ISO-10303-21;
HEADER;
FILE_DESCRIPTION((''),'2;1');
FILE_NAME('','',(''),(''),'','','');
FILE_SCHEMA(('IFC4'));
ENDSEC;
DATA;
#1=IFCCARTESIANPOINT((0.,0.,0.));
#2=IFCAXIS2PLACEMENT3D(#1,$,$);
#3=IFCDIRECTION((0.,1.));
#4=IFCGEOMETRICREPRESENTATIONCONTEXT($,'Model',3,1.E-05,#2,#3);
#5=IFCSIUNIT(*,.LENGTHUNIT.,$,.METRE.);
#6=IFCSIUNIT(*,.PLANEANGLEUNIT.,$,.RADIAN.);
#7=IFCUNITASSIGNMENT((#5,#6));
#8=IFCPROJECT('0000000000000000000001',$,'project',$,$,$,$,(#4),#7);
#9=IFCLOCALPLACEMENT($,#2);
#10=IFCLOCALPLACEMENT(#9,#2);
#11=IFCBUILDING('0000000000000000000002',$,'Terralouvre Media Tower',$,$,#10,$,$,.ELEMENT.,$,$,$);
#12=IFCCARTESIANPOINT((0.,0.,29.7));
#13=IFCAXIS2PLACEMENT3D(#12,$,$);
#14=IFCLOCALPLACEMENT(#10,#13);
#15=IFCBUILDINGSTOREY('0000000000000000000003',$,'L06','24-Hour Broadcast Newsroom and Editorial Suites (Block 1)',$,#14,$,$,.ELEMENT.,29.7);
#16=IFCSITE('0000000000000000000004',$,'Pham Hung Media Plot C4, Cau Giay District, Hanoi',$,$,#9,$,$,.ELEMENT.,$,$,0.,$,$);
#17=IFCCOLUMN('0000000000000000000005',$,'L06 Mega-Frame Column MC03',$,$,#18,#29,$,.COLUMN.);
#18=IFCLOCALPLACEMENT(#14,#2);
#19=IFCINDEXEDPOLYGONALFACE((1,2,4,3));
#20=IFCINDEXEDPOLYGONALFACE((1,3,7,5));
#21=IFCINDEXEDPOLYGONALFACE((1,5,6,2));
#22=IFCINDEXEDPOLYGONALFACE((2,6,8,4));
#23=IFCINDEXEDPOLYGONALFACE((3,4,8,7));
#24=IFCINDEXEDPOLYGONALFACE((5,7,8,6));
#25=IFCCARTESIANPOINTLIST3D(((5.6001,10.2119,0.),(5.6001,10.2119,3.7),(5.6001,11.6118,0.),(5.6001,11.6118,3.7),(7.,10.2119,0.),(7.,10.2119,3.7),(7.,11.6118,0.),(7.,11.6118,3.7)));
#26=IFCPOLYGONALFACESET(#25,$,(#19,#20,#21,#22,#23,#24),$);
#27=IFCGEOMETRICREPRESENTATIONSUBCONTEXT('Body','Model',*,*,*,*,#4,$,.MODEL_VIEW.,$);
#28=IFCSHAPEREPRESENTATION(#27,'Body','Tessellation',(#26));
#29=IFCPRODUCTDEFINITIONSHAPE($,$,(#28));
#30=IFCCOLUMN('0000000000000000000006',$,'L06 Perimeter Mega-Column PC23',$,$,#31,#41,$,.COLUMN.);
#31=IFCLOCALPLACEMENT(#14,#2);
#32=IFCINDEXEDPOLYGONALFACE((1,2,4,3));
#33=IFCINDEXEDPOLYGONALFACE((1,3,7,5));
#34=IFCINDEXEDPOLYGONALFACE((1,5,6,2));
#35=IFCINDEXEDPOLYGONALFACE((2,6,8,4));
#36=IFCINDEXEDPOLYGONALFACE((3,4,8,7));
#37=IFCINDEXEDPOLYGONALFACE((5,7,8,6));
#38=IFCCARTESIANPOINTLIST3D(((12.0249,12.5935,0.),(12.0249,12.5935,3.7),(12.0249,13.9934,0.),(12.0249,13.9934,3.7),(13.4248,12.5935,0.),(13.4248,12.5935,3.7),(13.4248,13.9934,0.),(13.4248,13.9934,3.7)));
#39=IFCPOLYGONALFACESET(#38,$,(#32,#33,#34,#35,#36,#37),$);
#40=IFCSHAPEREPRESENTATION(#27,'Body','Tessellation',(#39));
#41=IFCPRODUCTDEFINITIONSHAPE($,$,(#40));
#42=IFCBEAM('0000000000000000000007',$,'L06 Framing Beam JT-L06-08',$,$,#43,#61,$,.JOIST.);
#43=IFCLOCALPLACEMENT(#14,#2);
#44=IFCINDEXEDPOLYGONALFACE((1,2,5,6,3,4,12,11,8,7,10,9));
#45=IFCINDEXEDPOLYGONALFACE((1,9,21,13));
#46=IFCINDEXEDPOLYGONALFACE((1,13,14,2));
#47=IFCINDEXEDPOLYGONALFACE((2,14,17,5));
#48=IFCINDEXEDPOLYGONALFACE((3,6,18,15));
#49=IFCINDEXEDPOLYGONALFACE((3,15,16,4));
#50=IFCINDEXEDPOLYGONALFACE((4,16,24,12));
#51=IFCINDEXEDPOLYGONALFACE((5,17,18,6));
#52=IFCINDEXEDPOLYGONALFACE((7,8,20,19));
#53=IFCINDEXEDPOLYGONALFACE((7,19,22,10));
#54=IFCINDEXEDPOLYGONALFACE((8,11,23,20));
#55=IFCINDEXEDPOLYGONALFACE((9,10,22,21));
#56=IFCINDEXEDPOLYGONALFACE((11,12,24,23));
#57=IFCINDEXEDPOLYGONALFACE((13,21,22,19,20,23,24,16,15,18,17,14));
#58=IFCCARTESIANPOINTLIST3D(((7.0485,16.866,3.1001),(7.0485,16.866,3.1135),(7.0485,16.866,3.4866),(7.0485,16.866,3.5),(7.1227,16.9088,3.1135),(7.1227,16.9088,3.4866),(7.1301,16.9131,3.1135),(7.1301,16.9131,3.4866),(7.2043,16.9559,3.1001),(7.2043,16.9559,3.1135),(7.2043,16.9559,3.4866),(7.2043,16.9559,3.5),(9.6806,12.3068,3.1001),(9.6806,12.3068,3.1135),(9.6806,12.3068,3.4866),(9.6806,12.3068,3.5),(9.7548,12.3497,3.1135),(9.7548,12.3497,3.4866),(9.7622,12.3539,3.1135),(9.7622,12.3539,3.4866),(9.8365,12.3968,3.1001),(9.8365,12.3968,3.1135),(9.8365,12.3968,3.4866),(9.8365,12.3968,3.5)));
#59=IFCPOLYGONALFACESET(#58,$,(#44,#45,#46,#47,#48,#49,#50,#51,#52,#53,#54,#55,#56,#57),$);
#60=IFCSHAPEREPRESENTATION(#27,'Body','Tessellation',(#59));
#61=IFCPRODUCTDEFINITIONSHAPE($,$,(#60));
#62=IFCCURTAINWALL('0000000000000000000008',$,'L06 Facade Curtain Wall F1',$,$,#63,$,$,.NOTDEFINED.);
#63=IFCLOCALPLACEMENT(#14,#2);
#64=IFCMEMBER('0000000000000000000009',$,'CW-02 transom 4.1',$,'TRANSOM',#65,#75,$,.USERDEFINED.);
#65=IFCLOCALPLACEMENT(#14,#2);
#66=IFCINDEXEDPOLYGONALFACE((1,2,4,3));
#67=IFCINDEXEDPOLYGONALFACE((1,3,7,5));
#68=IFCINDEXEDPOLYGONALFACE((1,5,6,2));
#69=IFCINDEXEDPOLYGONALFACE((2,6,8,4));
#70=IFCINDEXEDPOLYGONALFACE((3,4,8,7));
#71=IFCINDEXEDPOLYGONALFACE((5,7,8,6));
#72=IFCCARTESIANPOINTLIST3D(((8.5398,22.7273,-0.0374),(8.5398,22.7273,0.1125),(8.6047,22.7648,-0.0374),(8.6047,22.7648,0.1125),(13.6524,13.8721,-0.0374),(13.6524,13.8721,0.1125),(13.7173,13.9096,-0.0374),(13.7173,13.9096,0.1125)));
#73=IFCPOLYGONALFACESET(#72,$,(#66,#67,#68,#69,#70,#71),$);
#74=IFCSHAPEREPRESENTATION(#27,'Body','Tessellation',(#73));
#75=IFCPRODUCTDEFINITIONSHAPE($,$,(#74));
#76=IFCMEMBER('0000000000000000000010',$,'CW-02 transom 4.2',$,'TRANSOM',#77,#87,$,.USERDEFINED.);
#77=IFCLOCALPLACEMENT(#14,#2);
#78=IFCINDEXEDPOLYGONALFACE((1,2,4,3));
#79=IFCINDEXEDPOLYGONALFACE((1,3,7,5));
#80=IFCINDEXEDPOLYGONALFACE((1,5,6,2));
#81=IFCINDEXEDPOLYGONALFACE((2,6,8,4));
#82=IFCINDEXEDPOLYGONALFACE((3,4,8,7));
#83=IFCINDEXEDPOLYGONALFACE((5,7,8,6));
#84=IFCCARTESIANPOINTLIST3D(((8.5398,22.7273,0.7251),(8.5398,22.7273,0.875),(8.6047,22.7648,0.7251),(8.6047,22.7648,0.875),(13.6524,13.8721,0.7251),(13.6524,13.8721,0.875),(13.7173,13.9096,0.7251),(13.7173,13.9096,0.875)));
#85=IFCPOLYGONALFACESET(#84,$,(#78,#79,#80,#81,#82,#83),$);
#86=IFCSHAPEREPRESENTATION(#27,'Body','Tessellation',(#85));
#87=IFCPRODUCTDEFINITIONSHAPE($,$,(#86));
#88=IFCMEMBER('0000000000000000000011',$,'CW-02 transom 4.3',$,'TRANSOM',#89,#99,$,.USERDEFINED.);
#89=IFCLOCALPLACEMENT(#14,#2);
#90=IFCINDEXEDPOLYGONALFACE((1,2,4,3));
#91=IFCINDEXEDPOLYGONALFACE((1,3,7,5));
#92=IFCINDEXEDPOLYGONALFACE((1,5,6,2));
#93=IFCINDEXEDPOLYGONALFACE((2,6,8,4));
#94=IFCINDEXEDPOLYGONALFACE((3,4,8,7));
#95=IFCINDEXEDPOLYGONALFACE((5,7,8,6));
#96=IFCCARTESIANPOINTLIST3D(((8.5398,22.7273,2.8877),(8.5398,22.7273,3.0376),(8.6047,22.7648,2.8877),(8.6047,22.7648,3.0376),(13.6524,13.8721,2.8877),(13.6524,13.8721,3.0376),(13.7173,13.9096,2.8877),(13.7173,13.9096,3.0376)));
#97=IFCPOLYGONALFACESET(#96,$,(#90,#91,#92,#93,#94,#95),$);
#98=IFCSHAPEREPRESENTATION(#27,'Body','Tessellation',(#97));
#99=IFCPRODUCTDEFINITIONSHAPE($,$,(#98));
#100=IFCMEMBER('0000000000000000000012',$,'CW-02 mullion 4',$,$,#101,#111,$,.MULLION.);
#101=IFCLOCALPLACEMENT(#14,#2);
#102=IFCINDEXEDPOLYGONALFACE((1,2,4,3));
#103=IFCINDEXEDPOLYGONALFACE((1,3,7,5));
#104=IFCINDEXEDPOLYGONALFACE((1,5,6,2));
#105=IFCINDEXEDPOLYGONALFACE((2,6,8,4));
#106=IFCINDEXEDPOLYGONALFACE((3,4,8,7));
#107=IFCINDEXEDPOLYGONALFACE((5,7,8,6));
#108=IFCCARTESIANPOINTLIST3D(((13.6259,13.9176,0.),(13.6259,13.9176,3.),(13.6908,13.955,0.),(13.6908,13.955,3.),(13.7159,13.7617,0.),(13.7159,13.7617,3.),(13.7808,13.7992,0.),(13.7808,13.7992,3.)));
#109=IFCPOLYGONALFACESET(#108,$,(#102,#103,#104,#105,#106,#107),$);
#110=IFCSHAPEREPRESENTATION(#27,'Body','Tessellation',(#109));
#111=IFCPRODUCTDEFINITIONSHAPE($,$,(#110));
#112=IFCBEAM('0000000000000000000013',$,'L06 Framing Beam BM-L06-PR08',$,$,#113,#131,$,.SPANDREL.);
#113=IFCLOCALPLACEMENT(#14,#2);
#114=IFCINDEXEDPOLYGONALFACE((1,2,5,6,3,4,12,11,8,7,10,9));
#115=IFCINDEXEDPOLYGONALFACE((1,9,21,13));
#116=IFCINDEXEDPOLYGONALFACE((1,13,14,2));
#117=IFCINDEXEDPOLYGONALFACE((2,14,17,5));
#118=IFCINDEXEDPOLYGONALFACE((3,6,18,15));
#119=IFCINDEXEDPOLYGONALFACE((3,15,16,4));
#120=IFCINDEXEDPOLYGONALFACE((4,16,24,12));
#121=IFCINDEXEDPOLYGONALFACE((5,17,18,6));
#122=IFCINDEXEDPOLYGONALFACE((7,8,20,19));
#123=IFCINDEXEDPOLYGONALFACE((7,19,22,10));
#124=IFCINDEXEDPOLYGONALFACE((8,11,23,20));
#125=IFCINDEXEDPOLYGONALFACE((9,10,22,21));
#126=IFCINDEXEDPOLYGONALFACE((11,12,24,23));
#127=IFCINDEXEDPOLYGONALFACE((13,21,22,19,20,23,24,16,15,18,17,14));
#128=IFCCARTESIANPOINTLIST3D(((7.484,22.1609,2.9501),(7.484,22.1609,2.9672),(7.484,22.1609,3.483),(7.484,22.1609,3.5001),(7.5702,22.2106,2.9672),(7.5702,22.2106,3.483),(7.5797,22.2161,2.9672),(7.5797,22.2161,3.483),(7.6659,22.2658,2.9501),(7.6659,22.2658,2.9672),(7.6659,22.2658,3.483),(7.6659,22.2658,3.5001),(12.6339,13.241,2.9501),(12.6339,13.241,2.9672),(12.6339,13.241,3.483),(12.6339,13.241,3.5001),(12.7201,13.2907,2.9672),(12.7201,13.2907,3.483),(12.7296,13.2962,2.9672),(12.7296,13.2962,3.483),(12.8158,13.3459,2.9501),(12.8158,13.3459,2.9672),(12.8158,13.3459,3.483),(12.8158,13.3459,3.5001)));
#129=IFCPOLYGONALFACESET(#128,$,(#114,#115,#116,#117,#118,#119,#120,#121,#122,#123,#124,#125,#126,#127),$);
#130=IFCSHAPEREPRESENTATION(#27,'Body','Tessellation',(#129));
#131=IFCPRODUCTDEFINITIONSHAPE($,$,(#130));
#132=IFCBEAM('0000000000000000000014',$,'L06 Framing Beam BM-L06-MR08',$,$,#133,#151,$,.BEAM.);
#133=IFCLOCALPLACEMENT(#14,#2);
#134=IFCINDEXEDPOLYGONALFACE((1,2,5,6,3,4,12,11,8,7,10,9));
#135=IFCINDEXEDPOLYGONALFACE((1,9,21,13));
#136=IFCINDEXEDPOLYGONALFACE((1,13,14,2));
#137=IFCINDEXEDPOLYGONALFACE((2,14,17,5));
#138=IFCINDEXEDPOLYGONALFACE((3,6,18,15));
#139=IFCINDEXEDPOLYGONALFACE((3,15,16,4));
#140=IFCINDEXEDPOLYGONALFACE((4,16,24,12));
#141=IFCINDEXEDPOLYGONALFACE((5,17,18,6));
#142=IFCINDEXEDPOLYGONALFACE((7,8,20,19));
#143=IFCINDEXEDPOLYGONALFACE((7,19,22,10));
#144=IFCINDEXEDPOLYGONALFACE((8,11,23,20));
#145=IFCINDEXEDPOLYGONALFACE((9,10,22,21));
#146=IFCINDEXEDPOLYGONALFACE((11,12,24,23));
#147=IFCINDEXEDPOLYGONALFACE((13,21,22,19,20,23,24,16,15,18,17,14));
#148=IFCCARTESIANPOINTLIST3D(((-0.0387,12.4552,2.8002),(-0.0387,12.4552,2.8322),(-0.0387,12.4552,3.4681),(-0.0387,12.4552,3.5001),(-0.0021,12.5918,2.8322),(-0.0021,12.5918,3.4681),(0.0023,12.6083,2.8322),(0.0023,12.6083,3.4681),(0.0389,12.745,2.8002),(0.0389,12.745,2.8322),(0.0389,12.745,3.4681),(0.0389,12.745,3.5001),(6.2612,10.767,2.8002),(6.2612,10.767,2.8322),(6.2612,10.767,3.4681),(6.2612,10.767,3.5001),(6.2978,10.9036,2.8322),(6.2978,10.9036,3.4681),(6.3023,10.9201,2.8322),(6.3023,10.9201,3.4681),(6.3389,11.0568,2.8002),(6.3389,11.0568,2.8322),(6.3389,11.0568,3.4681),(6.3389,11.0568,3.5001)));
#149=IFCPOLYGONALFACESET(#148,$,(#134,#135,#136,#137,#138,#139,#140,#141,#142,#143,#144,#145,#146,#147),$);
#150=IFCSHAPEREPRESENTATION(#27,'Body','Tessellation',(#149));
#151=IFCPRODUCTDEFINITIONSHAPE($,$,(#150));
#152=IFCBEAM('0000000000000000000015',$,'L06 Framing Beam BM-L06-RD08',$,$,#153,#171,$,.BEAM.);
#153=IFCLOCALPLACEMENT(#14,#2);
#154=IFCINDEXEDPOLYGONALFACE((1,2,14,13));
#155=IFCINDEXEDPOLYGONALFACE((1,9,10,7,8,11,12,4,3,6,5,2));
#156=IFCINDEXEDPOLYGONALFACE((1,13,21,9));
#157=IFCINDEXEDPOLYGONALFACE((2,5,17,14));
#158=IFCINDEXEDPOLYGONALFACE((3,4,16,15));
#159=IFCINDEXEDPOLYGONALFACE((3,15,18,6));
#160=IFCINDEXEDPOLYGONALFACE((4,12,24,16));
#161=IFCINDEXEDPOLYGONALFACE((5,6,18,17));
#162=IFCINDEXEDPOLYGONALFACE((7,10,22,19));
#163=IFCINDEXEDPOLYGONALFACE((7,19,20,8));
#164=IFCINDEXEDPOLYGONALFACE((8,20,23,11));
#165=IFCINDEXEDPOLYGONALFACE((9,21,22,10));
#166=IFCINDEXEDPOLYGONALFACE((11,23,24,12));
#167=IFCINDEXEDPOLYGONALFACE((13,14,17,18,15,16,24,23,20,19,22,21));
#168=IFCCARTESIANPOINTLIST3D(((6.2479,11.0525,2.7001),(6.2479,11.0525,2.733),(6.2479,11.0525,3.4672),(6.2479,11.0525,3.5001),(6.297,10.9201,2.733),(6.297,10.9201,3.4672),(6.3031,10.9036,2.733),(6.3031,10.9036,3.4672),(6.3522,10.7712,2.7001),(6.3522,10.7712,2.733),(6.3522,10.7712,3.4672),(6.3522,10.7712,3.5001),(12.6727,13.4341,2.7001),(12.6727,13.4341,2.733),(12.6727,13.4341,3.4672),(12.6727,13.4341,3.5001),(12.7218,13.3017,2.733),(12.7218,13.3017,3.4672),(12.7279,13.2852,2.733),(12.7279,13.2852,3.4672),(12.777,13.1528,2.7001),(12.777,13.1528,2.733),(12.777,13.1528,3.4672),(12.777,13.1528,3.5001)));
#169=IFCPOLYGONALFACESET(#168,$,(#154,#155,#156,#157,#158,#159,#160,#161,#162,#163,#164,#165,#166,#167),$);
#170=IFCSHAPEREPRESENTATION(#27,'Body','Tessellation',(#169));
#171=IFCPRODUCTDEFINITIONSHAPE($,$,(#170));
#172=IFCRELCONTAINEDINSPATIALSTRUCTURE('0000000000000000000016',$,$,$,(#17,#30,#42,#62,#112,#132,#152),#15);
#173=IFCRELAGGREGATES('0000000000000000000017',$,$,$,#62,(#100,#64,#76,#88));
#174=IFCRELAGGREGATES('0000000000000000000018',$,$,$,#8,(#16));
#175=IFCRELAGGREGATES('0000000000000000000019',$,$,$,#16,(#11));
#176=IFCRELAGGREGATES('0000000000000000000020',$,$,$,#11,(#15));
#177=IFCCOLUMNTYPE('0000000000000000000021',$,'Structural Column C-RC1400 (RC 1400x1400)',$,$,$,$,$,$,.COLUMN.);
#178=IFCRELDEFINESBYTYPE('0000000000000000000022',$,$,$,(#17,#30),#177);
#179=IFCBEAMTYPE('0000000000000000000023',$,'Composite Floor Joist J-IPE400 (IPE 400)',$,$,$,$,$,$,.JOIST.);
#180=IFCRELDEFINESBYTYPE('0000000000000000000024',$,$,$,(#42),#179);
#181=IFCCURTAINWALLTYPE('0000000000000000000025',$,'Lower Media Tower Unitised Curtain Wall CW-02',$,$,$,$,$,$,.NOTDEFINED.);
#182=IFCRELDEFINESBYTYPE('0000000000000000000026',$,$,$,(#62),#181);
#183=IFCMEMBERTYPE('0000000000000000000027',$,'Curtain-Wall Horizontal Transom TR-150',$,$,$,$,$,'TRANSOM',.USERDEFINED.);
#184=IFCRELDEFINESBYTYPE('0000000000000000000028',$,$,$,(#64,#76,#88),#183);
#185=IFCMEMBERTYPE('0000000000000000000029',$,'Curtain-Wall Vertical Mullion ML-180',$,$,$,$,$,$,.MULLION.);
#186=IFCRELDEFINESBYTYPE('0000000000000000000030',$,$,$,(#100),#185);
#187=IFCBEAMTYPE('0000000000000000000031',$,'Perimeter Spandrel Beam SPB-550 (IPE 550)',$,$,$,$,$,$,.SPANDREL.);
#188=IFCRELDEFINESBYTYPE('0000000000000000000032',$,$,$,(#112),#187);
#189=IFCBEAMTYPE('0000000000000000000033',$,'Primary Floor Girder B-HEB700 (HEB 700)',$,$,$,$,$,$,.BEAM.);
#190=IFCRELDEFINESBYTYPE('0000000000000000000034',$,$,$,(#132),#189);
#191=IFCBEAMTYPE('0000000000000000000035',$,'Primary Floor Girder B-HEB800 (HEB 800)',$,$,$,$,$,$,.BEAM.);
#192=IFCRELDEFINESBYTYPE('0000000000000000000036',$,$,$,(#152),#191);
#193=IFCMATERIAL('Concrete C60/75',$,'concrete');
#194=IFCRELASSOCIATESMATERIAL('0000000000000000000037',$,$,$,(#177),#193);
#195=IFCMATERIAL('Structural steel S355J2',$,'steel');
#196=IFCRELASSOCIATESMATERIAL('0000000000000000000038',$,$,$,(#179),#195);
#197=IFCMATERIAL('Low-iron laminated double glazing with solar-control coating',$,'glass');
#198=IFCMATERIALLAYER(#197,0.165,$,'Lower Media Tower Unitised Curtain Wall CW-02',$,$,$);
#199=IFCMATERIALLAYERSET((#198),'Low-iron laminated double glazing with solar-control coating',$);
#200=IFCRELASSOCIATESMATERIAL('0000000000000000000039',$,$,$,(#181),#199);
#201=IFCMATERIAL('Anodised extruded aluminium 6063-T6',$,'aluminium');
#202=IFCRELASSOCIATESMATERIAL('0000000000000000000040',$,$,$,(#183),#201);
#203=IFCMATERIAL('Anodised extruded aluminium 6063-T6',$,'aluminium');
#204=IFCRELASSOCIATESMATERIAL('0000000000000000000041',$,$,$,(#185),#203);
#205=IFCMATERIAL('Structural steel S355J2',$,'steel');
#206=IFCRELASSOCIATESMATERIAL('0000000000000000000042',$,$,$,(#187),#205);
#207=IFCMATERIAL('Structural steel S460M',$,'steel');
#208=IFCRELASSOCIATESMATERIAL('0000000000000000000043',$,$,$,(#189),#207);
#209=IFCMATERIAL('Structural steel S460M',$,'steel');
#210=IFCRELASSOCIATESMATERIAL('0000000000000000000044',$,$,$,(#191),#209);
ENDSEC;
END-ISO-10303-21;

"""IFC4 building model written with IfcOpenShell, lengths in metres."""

from ifc_helpers import new_model, si_unit, direction, frame, origin, origin_2d, place, context, subcontext, project, spatial, rectangle, i_section, extrude, material, layer, layer_set, material_profile, profile_set, type_object, element, aggregate, save


model = new_model("IFC4")

# Units and contexts
model_context = context("Model", 3, precision=1e-05, world=origin(), true_north=direction((0.0, 1.0)))
body_context = subcontext(model_context, "Body", "Model", "MODEL_VIEW")
ifc_project = project(units=[si_unit("LENGTHUNIT", "METRE"), si_unit("PLANEANGLEUNIT", "RADIAN")], contexts=[model_context])

# Site, building, storey
site_placement = place(None, origin())
site = spatial("IfcSite", under=ifc_project, at=site_placement, Name="Pham Hung Media Plot C4, Cau Giay District, Hanoi", CompositionType="ELEMENT", RefElevation=0.0)
building_placement = place(site_placement, origin())
building = spatial("IfcBuilding", under=site, at=building_placement, Name="Terralouvre Media Tower", CompositionType="ELEMENT")
storey_placement = place(building_placement, frame((0.0, 0.0, 29.7)))
storey = spatial("IfcBuildingStorey", under=building, at=storey_placement, Name="L06", Description="24-Hour Broadcast Newsroom and Editorial Suites (Block 1)", CompositionType="ELEMENT", Elevation=29.7)

# Columns
ifc_material_1 = material(Name="Concrete C60/75", Category="concrete")
ifc_material_profile_1 = material_profile(ifc_material_1, rectangle(XDim=1.3999, YDim=1.3999, at=origin_2d()), Name="RC 1400x1400")
ifc_profile_set_1 = profile_set([ifc_material_profile_1], Name="Concrete C60/75")
column_type = type_object("IfcColumnType", Name="Structural Column C-RC1400 (RC 1400x1400)", PredefinedType="COLUMN", material=ifc_profile_set_1)
for number, where, z_axis, x_axis, name in (
    (1, (6.3, 10.9119, 0.0), (0.0, 0.0, 1.0), (1.0, 0.0, 0.0), "L06 Mega-Frame Column MC03"),
    (2, (12.7249, 13.2935, 0.0), (0.0, 0.0, 1.0), (1.0, 0.0, 0.0), "L06 Perimeter Mega-Column PC23"),
):
    element("IfcColumn", number, at=place(storey_placement, frame(where, z_axis=z_axis, x_axis=x_axis)), inside=storey, type_object=column_type, Name=name, PredefinedType="COLUMN", context=body_context, shape_type="SweptSolid", body=[
        extrude(rectangle(XDim=1.3999, YDim=1.3999, at=origin_2d()), origin(), (0.0, 0.0, 1.0), 3.7),
    ])

# Beam
ifc_material_2 = material(Name="Structural steel S355J2", Category="steel")
ifc_material_profile_2 = material_profile(ifc_material_2, i_section(OverallWidth=0.1799, OverallDepth=0.3999, WebThickness=0.0085, FlangeThickness=0.0134, at=origin_2d()), Name="IPE 400")
ifc_profile_set_2 = profile_set([ifc_material_profile_2], Name="Structural steel S355J2")
beam_type_1 = type_object("IfcBeamType", Name="Composite Floor Joist J-IPE400 (IPE 400)", PredefinedType="JOIST", material=ifc_profile_set_2)
beam_1_placement = place(storey_placement, frame((9.7585, 12.3518, 3.3), z_axis=(-0.499985, 0.866034, 0.0), x_axis=(-0.866034, -0.499985, 0.0)))
element("IfcBeam", 3, at=beam_1_placement, inside=storey, type_object=beam_type_1, Name="L06 Framing Beam JT-L06-08", PredefinedType="JOIST", context=body_context, shape_type="SweptSolid", body=[
    extrude(i_section(OverallWidth=0.1799, OverallDepth=0.3999, WebThickness=0.0085, FlangeThickness=0.0134, at=origin_2d()), origin(), (0.0, 0.0, 1.0), 5.2644),
])

# Curtain wall, members
ifc_material_3 = material(Name="Low-iron laminated double glazing with solar-control coating", Category="glass")
ifc_layer_1 = layer(ifc_material_3, 0.165, Name="Lower Media Tower Unitised Curtain Wall CW-02")
ifc_layer_set_1 = layer_set([ifc_layer_1], Name="Low-iron laminated double glazing with solar-control coating")
curtain_wall_type = type_object("IfcCurtainWallType", Name="Lower Media Tower Unitised Curtain Wall CW-02", PredefinedType="NOTDEFINED", material=ifc_layer_set_1)
curtain_wall_placement = place(storey_placement, origin())
curtain_wall = element("IfcCurtainWall", 4, at=curtain_wall_placement, inside=storey, type_object=curtain_wall_type, Name="L06 Facade Curtain Wall F1", PredefinedType="NOTDEFINED")
ifc_material_4 = material(Name="Anodised extruded aluminium 6063-T6", Category="aluminium")
ifc_material_profile_3 = material_profile(ifc_material_4, rectangle(XDim=0.075, YDim=0.1499, at=origin_2d()), Name="ALU 75x150")
ifc_profile_set_3 = profile_set([ifc_material_profile_3], Name="Anodised extruded aluminium 6063-T6")
member_type_1 = type_object("IfcMemberType", Name="Curtain-Wall Horizontal Transom TR-150", ElementType="TRANSOM", PredefinedType="USERDEFINED", material=ifc_profile_set_3)
member_1_placement = place(storey_placement, frame((13.6848, 13.8909, 0.0376), z_axis=(-0.499999, 0.866026, 0.0), x_axis=(-0.866026, -0.499999, 0.0)))
member_1 = element("IfcMember", 5, at=member_1_placement, type_object=member_type_1, Name="CW-02 transom 4.1", ObjectType="TRANSOM", PredefinedType="USERDEFINED", context=body_context, shape_type="SweptSolid", body=[
    extrude(rectangle(XDim=0.075, YDim=0.1499, at=origin_2d()), origin(), (0.0, 0.0, 1.0), 10.2251),
])
member_2_placement = place(storey_placement, frame((13.6848, 13.8909, 0.8), z_axis=(-0.499999, 0.866026, 0.0), x_axis=(-0.866026, -0.499999, 0.0)))
member_2 = element("IfcMember", 6, at=member_2_placement, type_object=member_type_1, Name="CW-02 transom 4.2", ObjectType="TRANSOM", PredefinedType="USERDEFINED", context=body_context, shape_type="SweptSolid", body=[
    extrude(rectangle(XDim=0.075, YDim=0.1499, at=origin_2d()), origin(), (0.0, 0.0, 1.0), 10.2251),
])
member_3_placement = place(storey_placement, frame((13.6848, 13.8909, 2.9626), z_axis=(-0.499999, 0.866026, 0.0), x_axis=(-0.866026, -0.499999, 0.0)))
member_3 = element("IfcMember", 7, at=member_3_placement, type_object=member_type_1, Name="CW-02 transom 4.3", ObjectType="TRANSOM", PredefinedType="USERDEFINED", context=body_context, shape_type="SweptSolid", body=[
    extrude(rectangle(XDim=0.075, YDim=0.1499, at=origin_2d()), origin(), (0.0, 0.0, 1.0), 10.2251),
])
ifc_material_5 = material(Name="Anodised extruded aluminium 6063-T6", Category="aluminium")
ifc_material_profile_4 = material_profile(ifc_material_5, rectangle(XDim=0.075, YDim=0.1799, at=origin_2d()), Name="ALU 75x180")
ifc_profile_set_4 = profile_set([ifc_material_profile_4], Name="Anodised extruded aluminium 6063-T6")
member_type_2 = type_object("IfcMemberType", Name="Curtain-Wall Vertical Mullion ML-180", PredefinedType="MULLION", material=ifc_profile_set_4)
member_4_placement = place(storey_placement, frame((13.7034, 13.8584, 0.0), z_axis=(0.0, 0.0, 1.0), x_axis=(-0.866025, -0.5, 0.0)))
member_4 = element("IfcMember", 8, at=member_4_placement, type_object=member_type_2, Name="CW-02 mullion 4", PredefinedType="MULLION", context=body_context, shape_type="SweptSolid", body=[
    extrude(rectangle(XDim=0.075, YDim=0.1799, at=origin_2d()), origin(), (0.0, 0.0, 1.0), 3.0),
])

# Beams
ifc_material_6 = material(Name="Structural steel S355J2", Category="steel")
ifc_material_profile_5 = material_profile(ifc_material_6, i_section(OverallWidth=0.21, OverallDepth=0.55, WebThickness=0.011, FlangeThickness=0.0171, at=origin_2d()), Name="IPE 550")
ifc_profile_set_5 = profile_set([ifc_material_profile_5], Name="Structural steel S355J2")
beam_type_2 = type_object("IfcBeamType", Name="Perimeter Spandrel Beam SPB-550 (IPE 550)", PredefinedType="SPANDREL", material=ifc_profile_set_5)
beam_2_placement = place(storey_placement, frame((12.7249, 13.2935, 3.2251), z_axis=(-0.499999, 0.866026, 0.0), x_axis=(-0.866026, -0.499999, 0.0)))
element("IfcBeam", 9, at=beam_2_placement, inside=storey, type_object=beam_type_2, Name="L06 Framing Beam BM-L06-PR08", PredefinedType="SPANDREL", context=body_context, shape_type="SweptSolid", body=[
    extrude(i_section(OverallWidth=0.21, OverallDepth=0.55, WebThickness=0.011, FlangeThickness=0.0171, at=origin_2d()), origin(), (0.0, 0.0, 1.0), 10.2998),
])
ifc_material_7 = material(Name="Structural steel S460M", Category="steel")
ifc_material_profile_6 = material_profile(ifc_material_7, i_section(OverallWidth=0.3, OverallDepth=0.7, WebThickness=0.0171, FlangeThickness=0.032, at=origin_2d()), Name="HEB 700")
ifc_profile_set_6 = profile_set([ifc_material_profile_6], Name="Structural steel S460M")
beam_type_3 = type_object("IfcBeamType", Name="Primary Floor Girder B-HEB700 (HEB 700)", PredefinedType="BEAM", material=ifc_profile_set_6)
beam_3_placement = place(storey_placement, frame((6.3, 10.9119, 3.1501), z_axis=(-0.96592, 0.258839, 0.0), x_axis=(-0.258839, -0.96592, 0.0)))
element("IfcBeam", 10, at=beam_3_placement, inside=storey, type_object=beam_type_3, Name="L06 Framing Beam BM-L06-MR08", PredefinedType="BEAM", context=body_context, shape_type="SweptSolid", body=[
    extrude(i_section(OverallWidth=0.3, OverallDepth=0.7, WebThickness=0.0171, FlangeThickness=0.032, at=origin_2d()), origin(), (0.0, 0.0, 1.0), 6.5222),
])
ifc_material_8 = material(Name="Structural steel S460M", Category="steel")
ifc_material_profile_7 = material_profile(ifc_material_8, i_section(OverallWidth=0.3, OverallDepth=0.8, WebThickness=0.0176, FlangeThickness=0.033, at=origin_2d()), Name="HEB 800")
ifc_profile_set_7 = profile_set([ifc_material_profile_7], Name="Structural steel S460M")
beam_type_4 = type_object("IfcBeamType", Name="Primary Floor Girder B-HEB800 (HEB 800)", PredefinedType="BEAM", material=ifc_profile_set_7)
beam_4_placement = place(storey_placement, frame((6.3, 10.9119, 3.1001), z_axis=(0.937652, 0.347575, 0.0), x_axis=(-0.347575, 0.937652, 0.0)))
element("IfcBeam", 11, at=beam_4_placement, inside=storey, type_object=beam_type_4, Name="L06 Framing Beam BM-L06-RD08", PredefinedType="BEAM", context=body_context, shape_type="SweptSolid", body=[
    extrude(i_section(OverallWidth=0.3, OverallDepth=0.8, WebThickness=0.0176, FlangeThickness=0.033, at=origin_2d()), origin(), (0.0, 0.0, 1.0), 6.8521),
])

aggregate(curtain_wall, [member_4, member_1, member_2, member_3])

save(model, "model.ifc")
